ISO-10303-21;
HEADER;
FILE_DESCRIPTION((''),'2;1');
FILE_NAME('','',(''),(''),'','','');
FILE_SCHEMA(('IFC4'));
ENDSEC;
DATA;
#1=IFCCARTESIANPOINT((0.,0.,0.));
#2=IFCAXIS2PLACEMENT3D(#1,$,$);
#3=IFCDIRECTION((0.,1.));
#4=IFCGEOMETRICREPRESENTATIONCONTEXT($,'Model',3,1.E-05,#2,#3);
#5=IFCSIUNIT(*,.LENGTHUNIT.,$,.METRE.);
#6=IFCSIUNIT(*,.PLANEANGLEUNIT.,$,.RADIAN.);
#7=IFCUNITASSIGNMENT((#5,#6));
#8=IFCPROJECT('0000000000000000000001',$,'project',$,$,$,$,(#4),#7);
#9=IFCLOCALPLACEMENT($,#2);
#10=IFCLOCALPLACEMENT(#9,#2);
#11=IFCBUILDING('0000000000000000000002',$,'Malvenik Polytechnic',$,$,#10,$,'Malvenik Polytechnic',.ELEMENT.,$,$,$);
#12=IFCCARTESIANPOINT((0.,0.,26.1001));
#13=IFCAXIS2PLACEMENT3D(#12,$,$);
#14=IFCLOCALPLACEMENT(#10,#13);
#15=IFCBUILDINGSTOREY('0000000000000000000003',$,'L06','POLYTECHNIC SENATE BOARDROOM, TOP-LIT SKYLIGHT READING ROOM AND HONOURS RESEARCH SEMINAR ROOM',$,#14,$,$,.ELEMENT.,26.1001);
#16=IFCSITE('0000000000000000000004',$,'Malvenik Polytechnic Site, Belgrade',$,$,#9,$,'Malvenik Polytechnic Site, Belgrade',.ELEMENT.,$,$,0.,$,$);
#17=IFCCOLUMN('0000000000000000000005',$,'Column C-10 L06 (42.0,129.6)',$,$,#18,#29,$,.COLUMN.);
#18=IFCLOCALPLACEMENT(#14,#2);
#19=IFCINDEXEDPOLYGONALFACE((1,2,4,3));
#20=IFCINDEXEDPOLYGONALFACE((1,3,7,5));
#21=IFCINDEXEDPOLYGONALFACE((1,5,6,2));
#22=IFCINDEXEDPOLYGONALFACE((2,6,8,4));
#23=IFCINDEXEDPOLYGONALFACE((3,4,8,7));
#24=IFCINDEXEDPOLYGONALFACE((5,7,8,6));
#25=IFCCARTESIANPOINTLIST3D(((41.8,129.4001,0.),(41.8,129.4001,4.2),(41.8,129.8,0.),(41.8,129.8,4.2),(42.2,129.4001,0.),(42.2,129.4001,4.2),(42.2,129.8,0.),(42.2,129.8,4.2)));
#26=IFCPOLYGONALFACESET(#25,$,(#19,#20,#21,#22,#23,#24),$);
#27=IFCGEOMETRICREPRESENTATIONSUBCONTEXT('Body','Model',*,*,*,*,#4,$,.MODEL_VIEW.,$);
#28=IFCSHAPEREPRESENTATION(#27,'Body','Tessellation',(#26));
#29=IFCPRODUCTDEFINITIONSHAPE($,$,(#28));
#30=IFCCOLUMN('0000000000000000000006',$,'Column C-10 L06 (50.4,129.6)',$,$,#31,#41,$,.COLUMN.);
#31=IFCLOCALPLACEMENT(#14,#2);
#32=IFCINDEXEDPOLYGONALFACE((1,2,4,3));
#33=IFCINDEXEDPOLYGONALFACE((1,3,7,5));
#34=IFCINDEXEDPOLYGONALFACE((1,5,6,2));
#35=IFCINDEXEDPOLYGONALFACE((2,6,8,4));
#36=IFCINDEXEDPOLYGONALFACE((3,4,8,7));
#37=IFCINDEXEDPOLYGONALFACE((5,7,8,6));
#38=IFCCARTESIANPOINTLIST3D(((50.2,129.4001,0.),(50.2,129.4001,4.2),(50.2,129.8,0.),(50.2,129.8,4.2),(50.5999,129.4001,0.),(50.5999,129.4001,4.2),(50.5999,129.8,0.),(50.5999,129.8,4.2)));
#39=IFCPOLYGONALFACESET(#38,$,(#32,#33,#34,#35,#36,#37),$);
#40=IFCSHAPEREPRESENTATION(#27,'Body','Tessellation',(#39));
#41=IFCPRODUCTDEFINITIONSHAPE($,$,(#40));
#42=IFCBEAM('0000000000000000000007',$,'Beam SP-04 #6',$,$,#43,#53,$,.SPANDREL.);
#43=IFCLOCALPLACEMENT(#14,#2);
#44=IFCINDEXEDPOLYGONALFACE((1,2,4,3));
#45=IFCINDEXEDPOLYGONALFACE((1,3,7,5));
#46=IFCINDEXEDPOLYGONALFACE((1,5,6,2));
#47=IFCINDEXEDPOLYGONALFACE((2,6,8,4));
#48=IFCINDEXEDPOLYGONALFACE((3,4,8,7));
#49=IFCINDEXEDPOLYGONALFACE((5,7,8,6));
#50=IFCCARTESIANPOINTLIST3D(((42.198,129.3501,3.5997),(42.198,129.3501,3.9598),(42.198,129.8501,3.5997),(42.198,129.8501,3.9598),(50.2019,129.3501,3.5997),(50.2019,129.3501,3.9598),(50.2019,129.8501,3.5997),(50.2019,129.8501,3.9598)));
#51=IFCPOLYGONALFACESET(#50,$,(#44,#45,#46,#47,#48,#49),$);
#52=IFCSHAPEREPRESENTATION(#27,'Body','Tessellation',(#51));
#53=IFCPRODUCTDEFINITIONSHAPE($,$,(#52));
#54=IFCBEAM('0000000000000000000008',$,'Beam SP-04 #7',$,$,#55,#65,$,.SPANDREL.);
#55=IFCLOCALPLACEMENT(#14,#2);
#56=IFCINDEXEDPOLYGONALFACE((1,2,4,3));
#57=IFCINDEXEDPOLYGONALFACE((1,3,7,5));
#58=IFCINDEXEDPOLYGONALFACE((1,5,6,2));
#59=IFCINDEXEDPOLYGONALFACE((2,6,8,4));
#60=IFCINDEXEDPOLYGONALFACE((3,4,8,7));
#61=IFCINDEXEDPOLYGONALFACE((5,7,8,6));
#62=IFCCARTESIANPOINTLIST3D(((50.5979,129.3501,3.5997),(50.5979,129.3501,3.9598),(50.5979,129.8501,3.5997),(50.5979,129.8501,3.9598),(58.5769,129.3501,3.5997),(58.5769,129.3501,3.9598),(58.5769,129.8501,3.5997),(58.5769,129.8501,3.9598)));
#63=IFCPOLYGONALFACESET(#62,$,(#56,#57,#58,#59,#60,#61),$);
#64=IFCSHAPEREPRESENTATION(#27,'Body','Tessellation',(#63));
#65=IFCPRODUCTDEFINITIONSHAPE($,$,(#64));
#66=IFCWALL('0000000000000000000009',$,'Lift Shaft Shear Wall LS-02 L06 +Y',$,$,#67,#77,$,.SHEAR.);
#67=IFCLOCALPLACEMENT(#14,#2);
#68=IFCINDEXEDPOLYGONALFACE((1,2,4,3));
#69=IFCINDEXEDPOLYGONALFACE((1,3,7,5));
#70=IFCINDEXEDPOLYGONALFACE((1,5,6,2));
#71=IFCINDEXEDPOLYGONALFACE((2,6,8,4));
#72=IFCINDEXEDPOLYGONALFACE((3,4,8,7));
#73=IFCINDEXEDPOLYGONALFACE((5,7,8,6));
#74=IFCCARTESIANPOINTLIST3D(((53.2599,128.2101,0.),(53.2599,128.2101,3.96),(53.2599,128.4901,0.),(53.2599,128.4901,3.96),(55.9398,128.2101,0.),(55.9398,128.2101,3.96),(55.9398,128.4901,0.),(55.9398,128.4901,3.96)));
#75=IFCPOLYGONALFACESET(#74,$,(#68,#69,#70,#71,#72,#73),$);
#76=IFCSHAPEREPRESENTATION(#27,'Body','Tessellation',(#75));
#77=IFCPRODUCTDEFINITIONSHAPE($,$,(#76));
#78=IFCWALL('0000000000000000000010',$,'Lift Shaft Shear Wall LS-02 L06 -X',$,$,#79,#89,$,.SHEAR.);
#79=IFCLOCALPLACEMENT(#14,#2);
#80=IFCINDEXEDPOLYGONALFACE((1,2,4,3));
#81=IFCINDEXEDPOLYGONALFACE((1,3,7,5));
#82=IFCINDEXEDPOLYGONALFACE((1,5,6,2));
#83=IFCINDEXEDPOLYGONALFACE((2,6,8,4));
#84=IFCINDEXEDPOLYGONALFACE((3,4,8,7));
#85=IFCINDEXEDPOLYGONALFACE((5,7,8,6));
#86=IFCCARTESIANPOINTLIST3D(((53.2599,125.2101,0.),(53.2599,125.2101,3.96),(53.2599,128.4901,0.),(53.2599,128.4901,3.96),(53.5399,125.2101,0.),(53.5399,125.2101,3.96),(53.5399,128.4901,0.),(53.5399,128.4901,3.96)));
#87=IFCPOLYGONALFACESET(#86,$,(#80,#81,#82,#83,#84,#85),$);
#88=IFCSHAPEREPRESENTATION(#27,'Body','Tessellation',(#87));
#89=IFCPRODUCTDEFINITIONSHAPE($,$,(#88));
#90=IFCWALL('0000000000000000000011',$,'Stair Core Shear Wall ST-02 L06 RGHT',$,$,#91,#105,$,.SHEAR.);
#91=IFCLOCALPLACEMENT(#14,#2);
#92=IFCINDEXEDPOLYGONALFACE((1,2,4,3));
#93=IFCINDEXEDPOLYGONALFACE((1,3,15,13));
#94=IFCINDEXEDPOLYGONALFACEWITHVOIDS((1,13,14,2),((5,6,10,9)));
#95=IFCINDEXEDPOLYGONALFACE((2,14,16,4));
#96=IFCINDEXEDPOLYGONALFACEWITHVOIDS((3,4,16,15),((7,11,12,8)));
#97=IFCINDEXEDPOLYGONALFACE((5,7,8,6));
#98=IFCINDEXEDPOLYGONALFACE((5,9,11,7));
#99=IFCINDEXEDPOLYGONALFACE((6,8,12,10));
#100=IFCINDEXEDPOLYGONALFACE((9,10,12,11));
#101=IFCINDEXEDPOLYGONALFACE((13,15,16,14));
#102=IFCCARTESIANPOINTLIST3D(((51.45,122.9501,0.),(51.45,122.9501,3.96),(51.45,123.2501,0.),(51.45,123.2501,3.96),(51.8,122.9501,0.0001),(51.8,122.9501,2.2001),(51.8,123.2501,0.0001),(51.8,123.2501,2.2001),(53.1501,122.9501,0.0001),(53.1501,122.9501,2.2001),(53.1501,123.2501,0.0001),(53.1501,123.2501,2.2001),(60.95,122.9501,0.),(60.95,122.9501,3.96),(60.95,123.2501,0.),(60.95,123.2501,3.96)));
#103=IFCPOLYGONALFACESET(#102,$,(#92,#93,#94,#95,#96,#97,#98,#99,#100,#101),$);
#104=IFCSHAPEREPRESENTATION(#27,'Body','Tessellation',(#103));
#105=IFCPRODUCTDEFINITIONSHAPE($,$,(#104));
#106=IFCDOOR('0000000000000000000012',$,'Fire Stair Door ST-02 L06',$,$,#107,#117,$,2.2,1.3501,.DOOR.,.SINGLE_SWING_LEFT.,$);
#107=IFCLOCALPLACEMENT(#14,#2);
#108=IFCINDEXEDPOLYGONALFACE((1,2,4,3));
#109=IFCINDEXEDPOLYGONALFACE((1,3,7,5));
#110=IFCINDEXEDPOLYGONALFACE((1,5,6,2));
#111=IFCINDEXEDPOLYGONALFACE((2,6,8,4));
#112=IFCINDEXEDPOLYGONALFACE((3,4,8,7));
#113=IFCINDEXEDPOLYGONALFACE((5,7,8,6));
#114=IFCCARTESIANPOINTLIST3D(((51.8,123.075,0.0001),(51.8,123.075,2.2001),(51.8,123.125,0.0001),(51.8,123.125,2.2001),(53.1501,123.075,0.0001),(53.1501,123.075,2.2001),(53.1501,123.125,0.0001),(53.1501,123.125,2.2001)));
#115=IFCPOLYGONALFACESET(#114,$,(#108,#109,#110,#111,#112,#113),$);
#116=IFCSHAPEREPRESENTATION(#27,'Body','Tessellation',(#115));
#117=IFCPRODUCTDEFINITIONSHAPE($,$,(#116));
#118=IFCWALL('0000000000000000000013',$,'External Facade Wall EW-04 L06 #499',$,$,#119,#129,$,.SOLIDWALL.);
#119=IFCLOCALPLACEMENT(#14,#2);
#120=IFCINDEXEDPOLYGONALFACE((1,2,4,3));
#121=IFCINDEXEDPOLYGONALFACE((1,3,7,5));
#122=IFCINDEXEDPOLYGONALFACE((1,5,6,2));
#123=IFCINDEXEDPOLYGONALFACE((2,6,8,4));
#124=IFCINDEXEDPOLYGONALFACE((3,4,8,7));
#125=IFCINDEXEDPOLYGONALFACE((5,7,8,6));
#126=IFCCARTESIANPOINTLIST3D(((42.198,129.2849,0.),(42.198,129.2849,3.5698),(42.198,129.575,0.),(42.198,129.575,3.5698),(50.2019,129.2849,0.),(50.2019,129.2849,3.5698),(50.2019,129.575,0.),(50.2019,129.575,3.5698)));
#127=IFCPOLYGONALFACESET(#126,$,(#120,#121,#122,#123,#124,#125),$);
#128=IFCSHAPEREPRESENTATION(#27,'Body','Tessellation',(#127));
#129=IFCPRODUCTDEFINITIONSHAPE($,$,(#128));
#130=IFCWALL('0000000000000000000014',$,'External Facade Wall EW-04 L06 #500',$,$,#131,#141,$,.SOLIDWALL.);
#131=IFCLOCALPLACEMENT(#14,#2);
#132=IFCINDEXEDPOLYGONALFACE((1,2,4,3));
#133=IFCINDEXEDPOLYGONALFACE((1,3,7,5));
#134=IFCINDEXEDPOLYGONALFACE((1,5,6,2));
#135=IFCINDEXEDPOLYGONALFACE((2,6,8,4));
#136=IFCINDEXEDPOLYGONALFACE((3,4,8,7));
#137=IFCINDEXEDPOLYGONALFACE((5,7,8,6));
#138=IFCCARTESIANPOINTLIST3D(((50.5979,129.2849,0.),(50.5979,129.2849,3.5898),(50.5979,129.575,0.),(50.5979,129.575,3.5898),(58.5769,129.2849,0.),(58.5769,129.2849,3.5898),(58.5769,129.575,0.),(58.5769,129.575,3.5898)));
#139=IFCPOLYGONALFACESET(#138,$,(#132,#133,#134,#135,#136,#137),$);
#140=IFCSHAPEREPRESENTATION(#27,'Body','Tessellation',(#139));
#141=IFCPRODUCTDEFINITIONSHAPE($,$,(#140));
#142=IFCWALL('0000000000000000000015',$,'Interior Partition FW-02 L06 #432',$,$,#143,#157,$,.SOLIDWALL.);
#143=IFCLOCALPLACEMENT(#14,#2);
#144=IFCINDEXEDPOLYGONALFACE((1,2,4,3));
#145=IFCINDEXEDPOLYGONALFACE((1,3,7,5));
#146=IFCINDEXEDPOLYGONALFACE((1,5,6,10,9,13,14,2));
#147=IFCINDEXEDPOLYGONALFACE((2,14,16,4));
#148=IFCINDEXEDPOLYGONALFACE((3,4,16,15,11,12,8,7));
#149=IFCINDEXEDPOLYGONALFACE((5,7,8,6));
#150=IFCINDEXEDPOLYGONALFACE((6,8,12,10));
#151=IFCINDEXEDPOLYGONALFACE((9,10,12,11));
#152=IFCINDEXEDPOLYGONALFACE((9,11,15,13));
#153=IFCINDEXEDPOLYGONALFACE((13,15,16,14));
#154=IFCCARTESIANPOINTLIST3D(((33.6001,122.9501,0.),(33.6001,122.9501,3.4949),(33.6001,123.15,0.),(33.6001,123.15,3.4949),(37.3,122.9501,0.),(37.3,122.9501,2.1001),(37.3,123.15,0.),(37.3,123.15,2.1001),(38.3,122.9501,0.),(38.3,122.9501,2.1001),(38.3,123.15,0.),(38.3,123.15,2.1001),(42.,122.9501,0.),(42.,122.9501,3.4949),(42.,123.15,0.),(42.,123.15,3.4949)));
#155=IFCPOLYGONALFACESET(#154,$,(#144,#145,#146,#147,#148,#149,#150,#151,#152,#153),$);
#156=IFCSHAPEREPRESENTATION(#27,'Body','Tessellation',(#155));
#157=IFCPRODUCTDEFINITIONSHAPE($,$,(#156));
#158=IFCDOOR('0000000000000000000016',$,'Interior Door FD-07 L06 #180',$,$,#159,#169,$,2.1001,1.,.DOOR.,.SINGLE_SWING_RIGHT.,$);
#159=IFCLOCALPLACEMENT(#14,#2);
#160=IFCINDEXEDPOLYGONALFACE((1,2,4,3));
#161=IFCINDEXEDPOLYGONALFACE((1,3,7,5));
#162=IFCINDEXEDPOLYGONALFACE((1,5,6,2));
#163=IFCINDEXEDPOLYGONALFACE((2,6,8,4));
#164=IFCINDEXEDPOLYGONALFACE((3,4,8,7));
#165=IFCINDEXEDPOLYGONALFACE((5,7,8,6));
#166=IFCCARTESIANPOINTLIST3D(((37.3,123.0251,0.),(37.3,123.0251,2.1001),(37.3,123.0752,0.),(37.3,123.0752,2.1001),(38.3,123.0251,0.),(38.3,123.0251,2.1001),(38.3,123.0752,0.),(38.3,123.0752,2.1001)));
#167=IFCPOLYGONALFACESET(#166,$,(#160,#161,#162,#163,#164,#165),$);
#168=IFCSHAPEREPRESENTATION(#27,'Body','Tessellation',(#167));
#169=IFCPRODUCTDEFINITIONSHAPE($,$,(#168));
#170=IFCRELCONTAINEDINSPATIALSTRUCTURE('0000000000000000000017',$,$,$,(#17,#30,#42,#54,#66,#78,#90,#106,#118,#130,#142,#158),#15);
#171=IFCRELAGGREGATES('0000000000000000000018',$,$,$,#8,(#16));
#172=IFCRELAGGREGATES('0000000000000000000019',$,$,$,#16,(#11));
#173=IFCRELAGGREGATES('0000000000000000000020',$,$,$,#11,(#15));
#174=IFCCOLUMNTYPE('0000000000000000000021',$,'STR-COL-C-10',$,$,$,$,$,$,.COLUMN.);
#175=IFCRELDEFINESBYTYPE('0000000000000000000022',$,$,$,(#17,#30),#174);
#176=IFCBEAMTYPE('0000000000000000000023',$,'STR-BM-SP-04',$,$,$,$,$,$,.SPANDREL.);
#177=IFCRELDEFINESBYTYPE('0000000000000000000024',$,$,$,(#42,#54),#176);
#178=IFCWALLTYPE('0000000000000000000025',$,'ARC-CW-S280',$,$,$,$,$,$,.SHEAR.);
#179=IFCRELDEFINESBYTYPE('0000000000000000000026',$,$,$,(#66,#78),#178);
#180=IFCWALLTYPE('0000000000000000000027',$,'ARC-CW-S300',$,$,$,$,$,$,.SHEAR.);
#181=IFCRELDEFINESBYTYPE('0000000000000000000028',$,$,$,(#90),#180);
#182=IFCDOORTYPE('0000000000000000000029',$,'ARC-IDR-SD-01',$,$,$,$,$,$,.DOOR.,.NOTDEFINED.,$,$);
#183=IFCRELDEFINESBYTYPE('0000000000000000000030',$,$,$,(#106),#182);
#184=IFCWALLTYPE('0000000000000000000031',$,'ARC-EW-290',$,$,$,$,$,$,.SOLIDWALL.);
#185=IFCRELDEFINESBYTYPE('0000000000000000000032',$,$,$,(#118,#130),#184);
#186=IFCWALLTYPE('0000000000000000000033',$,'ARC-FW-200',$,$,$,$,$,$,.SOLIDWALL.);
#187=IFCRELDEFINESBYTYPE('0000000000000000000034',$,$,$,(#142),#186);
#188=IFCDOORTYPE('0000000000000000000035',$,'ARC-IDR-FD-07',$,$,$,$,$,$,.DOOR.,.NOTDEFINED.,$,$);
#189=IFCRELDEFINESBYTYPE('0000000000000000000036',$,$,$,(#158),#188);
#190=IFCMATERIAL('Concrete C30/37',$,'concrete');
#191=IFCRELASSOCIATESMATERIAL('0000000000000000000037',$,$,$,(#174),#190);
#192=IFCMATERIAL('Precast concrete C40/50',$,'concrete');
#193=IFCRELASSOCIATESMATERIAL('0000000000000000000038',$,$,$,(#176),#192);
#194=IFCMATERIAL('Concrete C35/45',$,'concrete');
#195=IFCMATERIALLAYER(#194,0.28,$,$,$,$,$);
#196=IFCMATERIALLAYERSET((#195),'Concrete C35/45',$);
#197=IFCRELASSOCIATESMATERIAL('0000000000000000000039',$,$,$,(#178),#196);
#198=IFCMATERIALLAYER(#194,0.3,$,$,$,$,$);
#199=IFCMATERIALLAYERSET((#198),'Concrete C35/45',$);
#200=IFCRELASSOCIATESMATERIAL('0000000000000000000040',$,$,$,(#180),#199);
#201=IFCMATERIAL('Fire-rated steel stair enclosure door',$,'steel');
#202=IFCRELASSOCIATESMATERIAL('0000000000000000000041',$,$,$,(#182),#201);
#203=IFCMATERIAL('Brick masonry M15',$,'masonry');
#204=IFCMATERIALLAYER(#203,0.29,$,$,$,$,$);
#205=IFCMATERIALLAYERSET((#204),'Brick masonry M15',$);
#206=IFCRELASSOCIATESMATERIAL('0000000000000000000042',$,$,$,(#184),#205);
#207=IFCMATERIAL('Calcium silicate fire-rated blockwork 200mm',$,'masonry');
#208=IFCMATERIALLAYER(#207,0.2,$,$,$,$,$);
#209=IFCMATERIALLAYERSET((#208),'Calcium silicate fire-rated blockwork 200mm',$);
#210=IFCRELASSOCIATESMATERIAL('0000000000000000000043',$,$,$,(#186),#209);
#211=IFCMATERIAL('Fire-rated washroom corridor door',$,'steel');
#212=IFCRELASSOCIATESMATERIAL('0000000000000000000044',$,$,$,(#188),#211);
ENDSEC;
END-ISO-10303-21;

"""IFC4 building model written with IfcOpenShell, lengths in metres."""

from ifc_helpers import new_model, si_unit, direction, frame, frame_2d, origin, origin_2d, place, context, subcontext, project, spatial, rectangle, extrude, material, layer, layer_set, material_profile, profile_set, type_object, element, fill, save


model = new_model("IFC4")

# Units and contexts
model_context = context("Model", 3, precision=1e-05, world=origin(), true_north=direction((0.0, 1.0)))
body_context = subcontext(model_context, "Body", "Model", "MODEL_VIEW")
ifc_project = project(units=[si_unit("LENGTHUNIT", "METRE"), si_unit("PLANEANGLEUNIT", "RADIAN")], contexts=[model_context])

# Site, building, storey
site_placement = place(None, origin())
site = spatial("IfcSite", under=ifc_project, at=site_placement, Name="Malvenik Polytechnic Site, Belgrade", LongName="Malvenik Polytechnic Site, Belgrade", CompositionType="ELEMENT", RefElevation=0.0)
building_placement = place(site_placement, origin())
building = spatial("IfcBuilding", under=site, at=building_placement, Name="Malvenik Polytechnic", LongName="Malvenik Polytechnic", CompositionType="ELEMENT")
storey_placement = place(building_placement, frame((0.0, 0.0, 26.1001)))
storey = spatial("IfcBuildingStorey", under=building, at=storey_placement, Name="L06", Description="POLYTECHNIC SENATE BOARDROOM, TOP-LIT SKYLIGHT READING ROOM AND HONOURS RESEARCH SEMINAR ROOM", CompositionType="ELEMENT", Elevation=26.1001)

# Columns
ifc_material_1 = material(Name="Concrete C30/37", Category="concrete")
ifc_material_profile_1 = material_profile(ifc_material_1, rectangle(XDim=0.3999, YDim=0.3999, at=origin_2d()), Name="RC COL 400x400")
ifc_profile_set_1 = profile_set([ifc_material_profile_1], Name="Concrete C30/37")
column_type = type_object("IfcColumnType", Name="STR-COL-C-10", PredefinedType="COLUMN", material=ifc_profile_set_1)
for number, where, z_axis, x_axis, name in (
    (1, (42.0, 129.6001, 0.0), (0.0, 0.0, 1.0), (1.0, 0.0, 0.0), "Column C-10 L06 (42.0,129.6)"),
    (2, (50.3999, 129.6001, 0.0), (0.0, 0.0, 1.0), (1.0, 0.0, 0.0), "Column C-10 L06 (50.4,129.6)"),
):
    element("IfcColumn", number, at=place(storey_placement, frame(where, z_axis=z_axis, x_axis=x_axis)), inside=storey, type_object=column_type, Name=name, PredefinedType="COLUMN", context=body_context, shape_type="SweptSolid", body=[
        extrude(rectangle(XDim=0.3999, YDim=0.3999, at=origin_2d()), origin(), (0.0, 0.0, 1.0), 4.2),
    ])

# Beams
ifc_material_2 = material(Name="Precast concrete C40/50", Category="concrete")
ifc_material_profile_2 = material_profile(ifc_material_2, rectangle(XDim=0.5, YDim=0.3601, at=origin_2d()), Name="PC CRN 500x360")
ifc_profile_set_2 = profile_set([ifc_material_profile_2], Name="Precast concrete C40/50")
beam_type = type_object("IfcBeamType", Name="STR-BM-SP-04", PredefinedType="SPANDREL", material=ifc_profile_set_2)
beam_1_placement = place(storey_placement, frame((42.198, 129.6001, 3.7798), z_axis=(1.0, 0.0, 0.0), x_axis=(0.0, 1.0, 0.0)))
element("IfcBeam", 3, at=beam_1_placement, inside=storey, type_object=beam_type, Name="Beam SP-04 #6", PredefinedType="SPANDREL", context=body_context, shape_type="SweptSolid", body=[
    extrude(rectangle(XDim=0.5, YDim=0.3601, at=origin_2d()), origin(), (0.0, 0.0, 1.0), 8.0039),
])
beam_2_placement = place(storey_placement, frame((50.5979, 129.6001, 3.7798), z_axis=(1.0, 0.0, 0.0), x_axis=(0.0, 1.0, 0.0)))
element("IfcBeam", 4, at=beam_2_placement, inside=storey, type_object=beam_type, Name="Beam SP-04 #7", PredefinedType="SPANDREL", context=body_context, shape_type="SweptSolid", body=[
    extrude(rectangle(XDim=0.5, YDim=0.3601, at=origin_2d()), origin(), (0.0, 0.0, 1.0), 7.979),
])

# Walls
ifc_material_3 = material(Name="Concrete C35/45", Category="concrete")
ifc_layer_1 = layer(ifc_material_3, 0.28)
ifc_layer_set_1 = layer_set([ifc_layer_1], Name="Concrete C35/45")
wall_type_1 = type_object("IfcWallType", Name="ARC-CW-S280", PredefinedType="SHEAR", material=ifc_layer_set_1)
wall_1_placement = place(storey_placement, frame((53.26, 128.3501, 0.0), z_axis=(0.0, 0.0, 1.0), x_axis=(1.0, 0.0, 0.0)))
element("IfcWall", 5, at=wall_1_placement, inside=storey, type_object=wall_type_1, Name="Lift Shaft Shear Wall LS-02 L06 +Y", PredefinedType="SHEAR", context=body_context, shape_type="SweptSolid", body=[
    extrude(rectangle(XDim=2.6799, YDim=0.28, at=frame_2d((1.3398, 0.0))), origin(), (0.0, 0.0, 1.0), 3.96),
])
wall_2_placement = place(storey_placement, frame((53.3999, 125.21, 0.0), z_axis=(0.0, 0.0, 1.0), x_axis=(0.0, 1.0, 0.0)))
element("IfcWall", 6, at=wall_2_placement, inside=storey, type_object=wall_type_1, Name="Lift Shaft Shear Wall LS-02 L06 -X", PredefinedType="SHEAR", context=body_context, shape_type="SweptSolid", body=[
    extrude(rectangle(XDim=3.28, YDim=0.28, at=frame_2d((1.6401, 0.0))), origin(), (0.0, 0.0, 1.0), 3.96),
])

# Wall, opening, door
ifc_layer_2 = layer(ifc_material_3, 0.3)
ifc_layer_set_2 = layer_set([ifc_layer_2], Name="Concrete C35/45")
wall_type_2 = type_object("IfcWallType", Name="ARC-CW-S300", PredefinedType="SHEAR", material=ifc_layer_set_2)
wall_3_placement = place(storey_placement, frame((51.45, 123.1001, 0.0), z_axis=(0.0, 0.0, 1.0), x_axis=(1.0, 0.0, 0.0)))
wall_3 = element("IfcWall", 7, at=wall_3_placement, inside=storey, type_object=wall_type_2, Name="Stair Core Shear Wall ST-02 L06 RGHT", PredefinedType="SHEAR", context=body_context, shape_type="SweptSolid", body=[
    extrude(rectangle(XDim=9.5, YDim=0.3, at=frame_2d((4.75, 0.0))), origin(), (0.0, 0.0, 1.0), 3.96),
])
opening_1_placement = place(wall_3_placement, frame((0.3501, 0.0, 0.0)))
opening_1 = element("IfcOpeningElement", 8, at=opening_1_placement, cuts=wall_3, PredefinedType="OPENING", context=body_context, shape_type="SweptSolid", body=[
    extrude(rectangle(XDim=1.3501, YDim=2.2, at=frame_2d((0.675, 1.1001))), frame((0.0, 0.1602, 0.0), z_axis=(0.0, -1.0, 0.0), x_axis=(1.0, 0.0, 0.0)), (0.0, 0.0, 1.0), 0.3201),
])
ifc_material_4 = material(Name="Fire-rated steel stair enclosure door", Category="steel")
door_type_1 = type_object("IfcDoorType", Name="ARC-IDR-SD-01", OperationType="NOTDEFINED", PredefinedType="DOOR", material=ifc_material_4)
door_1_placement = place(opening_1_placement, origin())
door_1 = element("IfcDoor", 9, at=door_1_placement, inside=storey, type_object=door_type_1, Name="Fire Stair Door ST-02 L06", OperationType="SINGLE_SWING_LEFT", OverallHeight=2.2, OverallWidth=1.3501, PredefinedType="DOOR", context=body_context, shape_type="SweptSolid", body=[
    extrude(rectangle(XDim=1.3501, YDim=2.2, at=frame_2d((0.675, 1.1001))), frame((0.0, 0.0249, 0.0), z_axis=(0.0, -1.0, 0.0), x_axis=(1.0, 0.0, 0.0)), (0.0, 0.0, 1.0), 0.05),
])
fill(opening_1, door_1)

# Walls
ifc_material_5 = material(Name="Brick masonry M15", Category="masonry")
ifc_layer_3 = layer(ifc_material_5, 0.29)
ifc_layer_set_3 = layer_set([ifc_layer_3], Name="Brick masonry M15")
wall_type_3 = type_object("IfcWallType", Name="ARC-EW-290", PredefinedType="SOLIDWALL", material=ifc_layer_set_3)
wall_4_placement = place(storey_placement, frame((42.198, 129.4299, 0.0), z_axis=(0.0, 0.0, 1.0), x_axis=(1.0, 0.0, 0.0)))
element("IfcWall", 10, at=wall_4_placement, inside=storey, type_object=wall_type_3, Name="External Facade Wall EW-04 L06 #499", PredefinedType="SOLIDWALL", context=body_context, shape_type="SweptSolid", body=[
    extrude(rectangle(XDim=8.0039, YDim=0.29, at=frame_2d((4.002, 0.0))), origin(), (0.0, 0.0, 1.0), 3.5698),
])
wall_5_placement = place(storey_placement, frame((50.5979, 129.4299, 0.0), z_axis=(0.0, 0.0, 1.0), x_axis=(1.0, 0.0, 0.0)))
element("IfcWall", 11, at=wall_5_placement, inside=storey, type_object=wall_type_3, Name="External Facade Wall EW-04 L06 #500", PredefinedType="SOLIDWALL", context=body_context, shape_type="SweptSolid", body=[
    extrude(rectangle(XDim=7.979, YDim=0.29, at=frame_2d((3.9895, 0.0))), origin(), (0.0, 0.0, 1.0), 3.5898),
])

# Wall, opening, door
ifc_material_6 = material(Name="Calcium silicate fire-rated blockwork 200mm", Category="masonry")
ifc_layer_4 = layer(ifc_material_6, 0.2)
ifc_layer_set_4 = layer_set([ifc_layer_4], Name="Calcium silicate fire-rated blockwork 200mm")
wall_type_4 = type_object("IfcWallType", Name="ARC-FW-200", PredefinedType="SOLIDWALL", material=ifc_layer_set_4)
wall_6_placement = place(storey_placement, frame((42.0, 123.05, 0.0), z_axis=(0.0, 0.0, 1.0), x_axis=(-1.0, 0.0, 0.0)))
wall_6 = element("IfcWall", 12, at=wall_6_placement, inside=storey, type_object=wall_type_4, Name="Interior Partition FW-02 L06 #432", PredefinedType="SOLIDWALL", context=body_context, shape_type="SweptSolid", body=[
    extrude(rectangle(XDim=8.3999, YDim=0.2, at=frame_2d((4.2, 0.0))), origin(), (0.0, 0.0, 1.0), 3.4949),
])
opening_2_placement = place(wall_6_placement, frame((3.7, 0.0, 0.0)))
opening_2 = element("IfcOpeningElement", 13, at=opening_2_placement, cuts=wall_6, PredefinedType="OPENING", context=body_context, shape_type="SweptSolid", body=[
    extrude(rectangle(XDim=1.0, YDim=2.1001, at=frame_2d((0.5, 1.05))), frame((0.0, 0.1099, 0.0), z_axis=(0.0, -1.0, 0.0), x_axis=(1.0, 0.0, 0.0)), (0.0, 0.0, 1.0), 0.22),
])
ifc_material_7 = material(Name="Fire-rated washroom corridor door", Category="steel")
door_type_2 = type_object("IfcDoorType", Name="ARC-IDR-FD-07", OperationType="NOTDEFINED", PredefinedType="DOOR", material=ifc_material_7)
door_2_placement = place(opening_2_placement, origin())
door_2 = element("IfcDoor", 14, at=door_2_placement, inside=storey, type_object=door_type_2, Name="Interior Door FD-07 L06 #180", OperationType="SINGLE_SWING_RIGHT", OverallHeight=2.1001, OverallWidth=1.0, PredefinedType="DOOR", context=body_context, shape_type="SweptSolid", body=[
    extrude(rectangle(XDim=1.0, YDim=2.1001, at=frame_2d((0.5, 1.05))), frame((0.0, 0.0249, 0.0), z_axis=(0.0, -1.0, 0.0), x_axis=(1.0, 0.0, 0.0)), (0.0, 0.0, 1.0), 0.05),
])
fill(opening_2, door_2)

save(model, "model.ifc")
